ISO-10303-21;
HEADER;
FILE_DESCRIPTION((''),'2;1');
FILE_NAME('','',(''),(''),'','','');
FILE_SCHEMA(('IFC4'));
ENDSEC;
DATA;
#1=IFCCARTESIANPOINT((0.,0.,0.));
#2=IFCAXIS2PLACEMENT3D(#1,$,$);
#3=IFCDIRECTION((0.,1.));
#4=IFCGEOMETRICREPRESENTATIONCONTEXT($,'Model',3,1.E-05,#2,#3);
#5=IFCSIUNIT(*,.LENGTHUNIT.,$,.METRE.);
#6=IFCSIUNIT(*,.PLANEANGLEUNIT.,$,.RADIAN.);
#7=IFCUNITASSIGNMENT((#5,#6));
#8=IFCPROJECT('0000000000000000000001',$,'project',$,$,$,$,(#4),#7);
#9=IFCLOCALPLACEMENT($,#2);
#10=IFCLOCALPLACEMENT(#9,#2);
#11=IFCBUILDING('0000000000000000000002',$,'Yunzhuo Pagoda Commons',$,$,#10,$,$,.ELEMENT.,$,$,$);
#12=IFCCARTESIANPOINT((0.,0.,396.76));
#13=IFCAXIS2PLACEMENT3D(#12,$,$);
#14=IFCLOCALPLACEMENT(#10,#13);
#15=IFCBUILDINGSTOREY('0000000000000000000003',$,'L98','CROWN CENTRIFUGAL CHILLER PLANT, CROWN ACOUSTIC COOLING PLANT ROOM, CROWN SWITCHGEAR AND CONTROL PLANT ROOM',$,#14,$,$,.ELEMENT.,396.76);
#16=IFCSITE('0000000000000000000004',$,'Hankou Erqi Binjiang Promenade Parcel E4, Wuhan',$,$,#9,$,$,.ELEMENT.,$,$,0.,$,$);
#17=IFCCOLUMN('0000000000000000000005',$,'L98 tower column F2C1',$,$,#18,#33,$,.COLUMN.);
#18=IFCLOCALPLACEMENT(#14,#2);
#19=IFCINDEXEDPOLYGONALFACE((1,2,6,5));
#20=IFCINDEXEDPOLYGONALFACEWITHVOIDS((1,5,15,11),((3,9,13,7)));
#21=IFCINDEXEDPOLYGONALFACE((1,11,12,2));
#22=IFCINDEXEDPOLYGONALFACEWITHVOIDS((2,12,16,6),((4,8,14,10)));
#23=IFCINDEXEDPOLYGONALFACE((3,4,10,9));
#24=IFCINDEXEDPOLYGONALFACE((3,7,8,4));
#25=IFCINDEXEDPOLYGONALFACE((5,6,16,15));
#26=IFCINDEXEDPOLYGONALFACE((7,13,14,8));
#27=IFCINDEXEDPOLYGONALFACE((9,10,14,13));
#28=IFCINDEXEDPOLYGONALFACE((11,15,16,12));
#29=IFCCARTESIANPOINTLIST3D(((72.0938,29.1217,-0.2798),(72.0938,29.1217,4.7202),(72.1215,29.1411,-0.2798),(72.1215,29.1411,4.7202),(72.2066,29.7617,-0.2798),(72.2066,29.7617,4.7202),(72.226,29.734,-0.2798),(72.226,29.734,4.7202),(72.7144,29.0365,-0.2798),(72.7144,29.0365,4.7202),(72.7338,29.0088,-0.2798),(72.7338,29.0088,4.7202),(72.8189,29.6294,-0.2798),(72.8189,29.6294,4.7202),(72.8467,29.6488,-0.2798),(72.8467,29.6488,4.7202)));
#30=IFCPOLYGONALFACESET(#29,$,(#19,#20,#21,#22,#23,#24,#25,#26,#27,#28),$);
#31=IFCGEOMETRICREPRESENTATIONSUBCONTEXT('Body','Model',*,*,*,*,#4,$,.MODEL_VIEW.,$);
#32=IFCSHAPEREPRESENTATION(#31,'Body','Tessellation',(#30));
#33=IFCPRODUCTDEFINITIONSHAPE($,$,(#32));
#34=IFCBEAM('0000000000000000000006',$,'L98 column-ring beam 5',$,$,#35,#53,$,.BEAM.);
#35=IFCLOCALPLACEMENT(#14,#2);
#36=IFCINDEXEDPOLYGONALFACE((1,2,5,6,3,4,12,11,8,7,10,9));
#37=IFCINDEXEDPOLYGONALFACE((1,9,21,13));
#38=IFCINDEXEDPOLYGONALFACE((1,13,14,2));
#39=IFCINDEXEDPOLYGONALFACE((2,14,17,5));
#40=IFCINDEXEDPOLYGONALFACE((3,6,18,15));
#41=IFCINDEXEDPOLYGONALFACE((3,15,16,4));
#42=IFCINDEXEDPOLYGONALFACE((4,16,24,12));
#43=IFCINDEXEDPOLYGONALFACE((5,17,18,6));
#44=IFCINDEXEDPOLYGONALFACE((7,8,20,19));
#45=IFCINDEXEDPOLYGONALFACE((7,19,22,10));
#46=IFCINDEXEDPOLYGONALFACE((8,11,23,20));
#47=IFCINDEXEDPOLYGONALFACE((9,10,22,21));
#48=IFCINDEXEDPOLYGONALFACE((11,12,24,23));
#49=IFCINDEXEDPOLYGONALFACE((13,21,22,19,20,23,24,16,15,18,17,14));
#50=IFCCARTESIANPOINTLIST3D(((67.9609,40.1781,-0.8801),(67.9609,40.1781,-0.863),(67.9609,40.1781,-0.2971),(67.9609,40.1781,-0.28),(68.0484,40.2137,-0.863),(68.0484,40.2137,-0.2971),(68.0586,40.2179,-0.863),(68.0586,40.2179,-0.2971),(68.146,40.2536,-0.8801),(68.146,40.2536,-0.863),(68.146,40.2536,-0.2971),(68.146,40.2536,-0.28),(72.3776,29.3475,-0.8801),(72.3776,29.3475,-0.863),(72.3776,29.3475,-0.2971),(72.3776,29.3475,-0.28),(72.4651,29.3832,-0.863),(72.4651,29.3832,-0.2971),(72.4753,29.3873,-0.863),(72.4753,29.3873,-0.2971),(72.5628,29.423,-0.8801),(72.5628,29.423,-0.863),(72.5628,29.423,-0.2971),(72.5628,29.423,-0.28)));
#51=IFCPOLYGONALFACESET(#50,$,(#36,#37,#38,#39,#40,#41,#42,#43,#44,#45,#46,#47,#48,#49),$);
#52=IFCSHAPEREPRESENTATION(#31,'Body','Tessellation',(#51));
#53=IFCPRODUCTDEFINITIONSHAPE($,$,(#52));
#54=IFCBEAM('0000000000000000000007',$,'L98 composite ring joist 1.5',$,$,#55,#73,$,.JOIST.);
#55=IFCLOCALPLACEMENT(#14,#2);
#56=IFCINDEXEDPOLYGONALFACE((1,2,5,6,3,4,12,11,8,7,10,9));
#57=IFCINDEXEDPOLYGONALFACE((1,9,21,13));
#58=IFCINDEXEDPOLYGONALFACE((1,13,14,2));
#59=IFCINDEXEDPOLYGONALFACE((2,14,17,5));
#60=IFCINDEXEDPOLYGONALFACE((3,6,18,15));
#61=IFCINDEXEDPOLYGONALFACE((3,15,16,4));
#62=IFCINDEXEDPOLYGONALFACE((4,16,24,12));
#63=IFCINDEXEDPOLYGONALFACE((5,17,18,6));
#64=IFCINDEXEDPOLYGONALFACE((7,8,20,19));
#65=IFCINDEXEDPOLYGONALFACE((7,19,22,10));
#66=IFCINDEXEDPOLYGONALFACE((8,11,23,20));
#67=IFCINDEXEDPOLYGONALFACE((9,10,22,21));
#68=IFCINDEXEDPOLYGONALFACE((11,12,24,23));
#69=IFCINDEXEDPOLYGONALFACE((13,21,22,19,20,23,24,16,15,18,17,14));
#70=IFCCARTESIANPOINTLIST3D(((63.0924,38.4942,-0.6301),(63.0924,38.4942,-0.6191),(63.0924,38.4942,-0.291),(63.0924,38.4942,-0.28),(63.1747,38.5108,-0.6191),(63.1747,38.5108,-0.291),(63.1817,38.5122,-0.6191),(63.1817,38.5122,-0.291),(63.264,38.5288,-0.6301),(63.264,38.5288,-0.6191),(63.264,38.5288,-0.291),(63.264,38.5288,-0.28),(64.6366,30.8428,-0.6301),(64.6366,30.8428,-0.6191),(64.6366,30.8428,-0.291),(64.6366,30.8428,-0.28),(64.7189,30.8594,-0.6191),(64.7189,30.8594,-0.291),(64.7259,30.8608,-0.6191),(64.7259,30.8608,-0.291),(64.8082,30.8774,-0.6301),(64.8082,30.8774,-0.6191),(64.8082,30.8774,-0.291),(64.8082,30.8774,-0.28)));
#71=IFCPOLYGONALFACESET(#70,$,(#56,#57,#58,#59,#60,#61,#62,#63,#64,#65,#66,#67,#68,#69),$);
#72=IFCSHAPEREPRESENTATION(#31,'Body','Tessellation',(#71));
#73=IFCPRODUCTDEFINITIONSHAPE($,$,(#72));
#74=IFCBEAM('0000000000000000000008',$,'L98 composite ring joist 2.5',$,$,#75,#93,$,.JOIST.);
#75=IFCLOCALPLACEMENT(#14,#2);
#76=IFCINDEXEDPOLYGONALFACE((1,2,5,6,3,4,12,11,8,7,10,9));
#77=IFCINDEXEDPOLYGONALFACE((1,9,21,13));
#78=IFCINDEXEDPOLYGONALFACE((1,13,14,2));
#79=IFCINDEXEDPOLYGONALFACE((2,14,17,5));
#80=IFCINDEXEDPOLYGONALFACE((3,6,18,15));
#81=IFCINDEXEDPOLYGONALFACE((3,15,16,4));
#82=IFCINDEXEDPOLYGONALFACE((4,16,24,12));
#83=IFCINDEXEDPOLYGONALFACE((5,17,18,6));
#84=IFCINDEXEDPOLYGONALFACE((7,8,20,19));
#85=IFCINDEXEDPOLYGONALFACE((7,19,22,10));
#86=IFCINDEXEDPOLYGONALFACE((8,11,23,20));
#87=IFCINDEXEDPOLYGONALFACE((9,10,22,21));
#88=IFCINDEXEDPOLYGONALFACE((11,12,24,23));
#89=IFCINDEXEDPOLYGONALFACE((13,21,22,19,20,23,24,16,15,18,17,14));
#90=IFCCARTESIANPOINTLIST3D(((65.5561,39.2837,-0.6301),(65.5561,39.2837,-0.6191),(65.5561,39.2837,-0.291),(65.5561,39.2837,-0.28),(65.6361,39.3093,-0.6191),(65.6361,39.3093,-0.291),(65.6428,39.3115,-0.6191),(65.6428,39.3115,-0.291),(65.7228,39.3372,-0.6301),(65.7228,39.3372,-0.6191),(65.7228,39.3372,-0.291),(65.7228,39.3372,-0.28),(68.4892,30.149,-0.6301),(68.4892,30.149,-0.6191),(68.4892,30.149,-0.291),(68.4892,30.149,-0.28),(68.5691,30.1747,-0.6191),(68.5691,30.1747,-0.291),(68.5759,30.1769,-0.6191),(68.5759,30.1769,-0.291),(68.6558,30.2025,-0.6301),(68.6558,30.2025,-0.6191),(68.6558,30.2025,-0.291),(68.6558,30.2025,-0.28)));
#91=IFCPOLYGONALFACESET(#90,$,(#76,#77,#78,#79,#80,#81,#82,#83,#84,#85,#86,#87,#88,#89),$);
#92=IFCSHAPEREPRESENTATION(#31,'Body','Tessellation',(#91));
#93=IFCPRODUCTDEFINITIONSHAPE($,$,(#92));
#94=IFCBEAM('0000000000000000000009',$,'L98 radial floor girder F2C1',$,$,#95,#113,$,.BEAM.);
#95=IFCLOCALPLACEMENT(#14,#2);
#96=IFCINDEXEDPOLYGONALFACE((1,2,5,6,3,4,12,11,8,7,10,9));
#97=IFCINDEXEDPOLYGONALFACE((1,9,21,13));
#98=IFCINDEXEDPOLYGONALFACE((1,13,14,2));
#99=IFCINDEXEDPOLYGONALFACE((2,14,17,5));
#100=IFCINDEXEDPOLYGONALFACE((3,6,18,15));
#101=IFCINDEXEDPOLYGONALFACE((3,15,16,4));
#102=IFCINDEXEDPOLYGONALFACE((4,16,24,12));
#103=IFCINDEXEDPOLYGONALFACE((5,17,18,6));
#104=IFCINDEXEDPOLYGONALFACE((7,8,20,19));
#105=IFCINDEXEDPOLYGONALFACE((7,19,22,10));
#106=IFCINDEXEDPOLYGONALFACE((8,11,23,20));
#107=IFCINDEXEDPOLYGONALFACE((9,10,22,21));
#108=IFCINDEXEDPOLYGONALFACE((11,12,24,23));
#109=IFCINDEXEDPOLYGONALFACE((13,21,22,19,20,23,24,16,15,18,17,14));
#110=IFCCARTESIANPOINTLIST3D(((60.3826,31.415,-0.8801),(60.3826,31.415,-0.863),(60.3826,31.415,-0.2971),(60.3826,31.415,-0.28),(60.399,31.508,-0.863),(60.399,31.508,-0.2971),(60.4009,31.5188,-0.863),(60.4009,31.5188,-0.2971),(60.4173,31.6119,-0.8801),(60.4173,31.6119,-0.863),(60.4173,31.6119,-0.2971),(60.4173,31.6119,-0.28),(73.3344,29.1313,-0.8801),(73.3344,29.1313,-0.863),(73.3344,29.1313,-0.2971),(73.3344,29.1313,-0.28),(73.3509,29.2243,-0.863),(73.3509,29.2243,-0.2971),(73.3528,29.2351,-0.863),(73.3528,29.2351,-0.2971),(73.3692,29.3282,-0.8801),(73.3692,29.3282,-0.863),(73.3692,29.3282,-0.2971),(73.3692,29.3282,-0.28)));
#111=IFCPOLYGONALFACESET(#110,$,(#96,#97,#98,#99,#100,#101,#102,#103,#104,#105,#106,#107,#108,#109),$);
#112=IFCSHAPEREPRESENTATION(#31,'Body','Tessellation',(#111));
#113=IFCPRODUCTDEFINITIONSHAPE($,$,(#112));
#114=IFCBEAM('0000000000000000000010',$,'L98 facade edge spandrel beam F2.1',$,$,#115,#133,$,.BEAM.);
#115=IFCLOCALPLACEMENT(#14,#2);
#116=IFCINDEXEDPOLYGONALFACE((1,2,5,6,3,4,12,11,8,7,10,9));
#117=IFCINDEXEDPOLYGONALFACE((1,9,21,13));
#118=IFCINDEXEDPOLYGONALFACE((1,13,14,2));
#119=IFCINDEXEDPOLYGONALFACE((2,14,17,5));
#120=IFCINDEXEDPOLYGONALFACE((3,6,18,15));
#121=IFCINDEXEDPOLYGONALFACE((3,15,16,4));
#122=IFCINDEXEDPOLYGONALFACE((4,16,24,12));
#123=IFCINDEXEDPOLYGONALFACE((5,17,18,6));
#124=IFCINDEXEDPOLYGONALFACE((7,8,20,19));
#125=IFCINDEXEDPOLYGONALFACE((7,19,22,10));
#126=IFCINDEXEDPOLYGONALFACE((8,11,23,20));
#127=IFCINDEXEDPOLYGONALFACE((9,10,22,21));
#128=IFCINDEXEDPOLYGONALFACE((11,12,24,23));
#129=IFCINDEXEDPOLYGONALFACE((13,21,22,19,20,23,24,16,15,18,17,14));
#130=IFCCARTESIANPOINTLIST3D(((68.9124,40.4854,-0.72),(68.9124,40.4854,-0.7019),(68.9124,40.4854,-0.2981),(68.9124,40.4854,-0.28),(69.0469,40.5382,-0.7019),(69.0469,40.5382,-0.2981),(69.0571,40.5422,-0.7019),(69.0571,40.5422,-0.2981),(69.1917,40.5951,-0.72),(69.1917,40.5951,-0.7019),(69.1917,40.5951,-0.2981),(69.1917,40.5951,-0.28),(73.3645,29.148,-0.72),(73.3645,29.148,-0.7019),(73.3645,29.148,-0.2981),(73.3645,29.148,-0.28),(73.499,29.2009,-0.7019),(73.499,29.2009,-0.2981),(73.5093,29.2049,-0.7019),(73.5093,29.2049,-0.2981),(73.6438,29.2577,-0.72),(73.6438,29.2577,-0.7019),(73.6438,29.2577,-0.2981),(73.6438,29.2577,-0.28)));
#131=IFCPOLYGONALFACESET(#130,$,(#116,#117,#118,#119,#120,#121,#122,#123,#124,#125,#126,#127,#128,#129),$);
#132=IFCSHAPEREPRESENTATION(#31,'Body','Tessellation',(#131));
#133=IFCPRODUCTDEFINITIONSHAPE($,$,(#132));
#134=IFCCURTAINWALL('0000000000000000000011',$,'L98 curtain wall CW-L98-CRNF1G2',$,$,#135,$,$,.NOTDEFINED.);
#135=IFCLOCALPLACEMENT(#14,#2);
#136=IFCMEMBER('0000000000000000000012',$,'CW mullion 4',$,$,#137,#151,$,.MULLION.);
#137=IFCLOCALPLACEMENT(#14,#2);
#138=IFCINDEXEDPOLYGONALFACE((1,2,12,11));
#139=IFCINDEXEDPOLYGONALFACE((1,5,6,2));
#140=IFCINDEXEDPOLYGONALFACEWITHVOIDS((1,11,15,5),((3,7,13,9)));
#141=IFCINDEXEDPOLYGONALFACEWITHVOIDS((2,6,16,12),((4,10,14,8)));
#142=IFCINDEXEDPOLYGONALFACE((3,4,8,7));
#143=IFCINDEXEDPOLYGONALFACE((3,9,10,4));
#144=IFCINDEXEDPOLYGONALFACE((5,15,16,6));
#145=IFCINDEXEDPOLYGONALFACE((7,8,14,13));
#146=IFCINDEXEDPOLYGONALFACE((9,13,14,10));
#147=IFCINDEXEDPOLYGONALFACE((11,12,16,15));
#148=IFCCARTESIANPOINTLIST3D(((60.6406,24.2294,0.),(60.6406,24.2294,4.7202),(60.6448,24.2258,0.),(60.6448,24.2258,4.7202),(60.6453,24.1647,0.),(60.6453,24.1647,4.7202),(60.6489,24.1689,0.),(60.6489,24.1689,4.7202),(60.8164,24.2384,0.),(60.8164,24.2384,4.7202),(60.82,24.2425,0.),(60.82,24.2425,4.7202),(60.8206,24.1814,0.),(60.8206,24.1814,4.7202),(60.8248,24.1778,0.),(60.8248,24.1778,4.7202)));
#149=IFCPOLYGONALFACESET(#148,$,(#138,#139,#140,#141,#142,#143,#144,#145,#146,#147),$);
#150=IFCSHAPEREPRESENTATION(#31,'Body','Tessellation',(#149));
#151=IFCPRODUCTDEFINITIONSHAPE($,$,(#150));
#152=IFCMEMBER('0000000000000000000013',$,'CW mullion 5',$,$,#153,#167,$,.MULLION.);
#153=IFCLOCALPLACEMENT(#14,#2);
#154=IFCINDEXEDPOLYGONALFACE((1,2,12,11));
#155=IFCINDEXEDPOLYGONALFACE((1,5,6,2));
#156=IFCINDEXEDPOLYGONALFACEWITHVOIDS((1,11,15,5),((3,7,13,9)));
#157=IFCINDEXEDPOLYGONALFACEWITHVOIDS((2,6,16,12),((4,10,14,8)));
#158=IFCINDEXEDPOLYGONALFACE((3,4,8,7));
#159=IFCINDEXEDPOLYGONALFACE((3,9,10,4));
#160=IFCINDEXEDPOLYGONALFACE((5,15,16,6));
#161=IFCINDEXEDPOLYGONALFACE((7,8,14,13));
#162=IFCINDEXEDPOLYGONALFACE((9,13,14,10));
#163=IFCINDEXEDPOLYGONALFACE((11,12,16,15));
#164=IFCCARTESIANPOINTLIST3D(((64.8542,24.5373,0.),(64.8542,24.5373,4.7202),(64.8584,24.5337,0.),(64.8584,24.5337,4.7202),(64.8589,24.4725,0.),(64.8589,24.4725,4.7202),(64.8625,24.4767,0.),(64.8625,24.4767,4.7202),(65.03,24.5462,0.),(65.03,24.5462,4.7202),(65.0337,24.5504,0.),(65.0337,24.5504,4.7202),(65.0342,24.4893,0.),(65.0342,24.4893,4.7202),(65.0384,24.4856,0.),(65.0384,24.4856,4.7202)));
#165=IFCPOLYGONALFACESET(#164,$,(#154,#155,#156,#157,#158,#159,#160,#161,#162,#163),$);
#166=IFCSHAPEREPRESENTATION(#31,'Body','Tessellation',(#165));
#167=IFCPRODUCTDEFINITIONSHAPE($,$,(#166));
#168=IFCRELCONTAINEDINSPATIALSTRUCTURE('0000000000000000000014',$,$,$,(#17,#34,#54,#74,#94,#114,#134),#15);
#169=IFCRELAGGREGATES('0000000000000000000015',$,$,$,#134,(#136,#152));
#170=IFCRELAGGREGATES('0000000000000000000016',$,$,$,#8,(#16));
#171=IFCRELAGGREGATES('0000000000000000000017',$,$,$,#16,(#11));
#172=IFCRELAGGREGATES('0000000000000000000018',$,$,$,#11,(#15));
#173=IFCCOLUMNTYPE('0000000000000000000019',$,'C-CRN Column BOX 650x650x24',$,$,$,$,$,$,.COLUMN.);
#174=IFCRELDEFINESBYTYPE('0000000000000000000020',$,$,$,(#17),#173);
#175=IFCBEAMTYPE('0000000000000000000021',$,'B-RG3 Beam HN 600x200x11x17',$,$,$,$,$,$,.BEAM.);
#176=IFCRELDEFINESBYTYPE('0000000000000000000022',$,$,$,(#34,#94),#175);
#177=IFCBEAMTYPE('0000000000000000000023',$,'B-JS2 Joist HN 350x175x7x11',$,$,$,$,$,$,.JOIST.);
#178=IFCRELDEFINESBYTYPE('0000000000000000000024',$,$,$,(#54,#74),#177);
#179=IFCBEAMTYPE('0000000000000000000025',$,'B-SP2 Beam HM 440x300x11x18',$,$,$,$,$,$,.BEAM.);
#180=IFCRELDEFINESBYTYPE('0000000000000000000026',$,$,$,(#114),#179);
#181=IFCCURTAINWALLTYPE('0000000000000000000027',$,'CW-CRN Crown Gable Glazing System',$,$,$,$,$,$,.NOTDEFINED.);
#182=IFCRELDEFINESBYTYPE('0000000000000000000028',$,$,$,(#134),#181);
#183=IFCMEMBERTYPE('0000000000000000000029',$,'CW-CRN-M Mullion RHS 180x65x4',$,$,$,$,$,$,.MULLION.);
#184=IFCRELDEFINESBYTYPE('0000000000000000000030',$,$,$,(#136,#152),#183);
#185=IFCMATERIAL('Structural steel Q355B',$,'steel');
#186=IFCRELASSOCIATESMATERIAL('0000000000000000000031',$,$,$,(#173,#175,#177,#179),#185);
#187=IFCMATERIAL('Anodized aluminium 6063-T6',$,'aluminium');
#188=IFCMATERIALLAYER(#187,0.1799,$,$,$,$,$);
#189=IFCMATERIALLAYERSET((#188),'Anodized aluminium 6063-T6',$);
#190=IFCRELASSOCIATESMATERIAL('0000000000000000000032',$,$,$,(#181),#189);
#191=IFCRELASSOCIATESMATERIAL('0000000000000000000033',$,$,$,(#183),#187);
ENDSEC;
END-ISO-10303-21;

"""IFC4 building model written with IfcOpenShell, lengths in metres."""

from ifc_helpers import new_model, si_unit, direction, frame, origin, origin_2d, place, context, subcontext, project, spatial, hollow_rectangle, i_section, extrude, source, transform, mapped, material, layer, layer_set, material_profile, profile_set, type_object, element, aggregate, save


model = new_model("IFC4")

# Units and contexts
model_context = context("Model", 3, precision=1e-05, world=origin(), true_north=direction((0.0, 1.0)))
body_context = subcontext(model_context, "Body", "Model", "MODEL_VIEW")
ifc_project = project(units=[si_unit("LENGTHUNIT", "METRE"), si_unit("PLANEANGLEUNIT", "RADIAN")], contexts=[model_context])

# Site, building, storey
site_placement = place(None, origin())
site = spatial("IfcSite", under=ifc_project, at=site_placement, Name="Hankou Erqi Binjiang Promenade Parcel E4, Wuhan", CompositionType="ELEMENT", RefElevation=0.0)
building_placement = place(site_placement, origin())
building = spatial("IfcBuilding", under=site, at=building_placement, Name="Yunzhuo Pagoda Commons", CompositionType="ELEMENT")
storey_placement = place(building_placement, frame((0.0, 0.0, 396.76)))
storey = spatial("IfcBuildingStorey", under=building, at=storey_placement, Name="L98", Description="CROWN CENTRIFUGAL CHILLER PLANT, CROWN ACOUSTIC COOLING PLANT ROOM, CROWN SWITCHGEAR AND CONTROL PLANT ROOM", CompositionType="ELEMENT", Elevation=396.76)

# Column
ifc_material_1 = material(Name="Structural steel Q355B", Category="steel")
ifc_material_profile_1 = material_profile(ifc_material_1, hollow_rectangle(XDim=0.6499, YDim=0.6499, WallThickness=0.0239, at=origin_2d()), Name="Structural steel Q355B")
ifc_profile_set_1 = profile_set([ifc_material_profile_1], Name="Structural steel Q355B")
column_type = type_object("IfcColumnType", Name="C-CRN Column BOX 650x650x24", PredefinedType="COLUMN", material=ifc_profile_set_1)
shared_shape_1 = source(origin(), body_context, "Body", "SweptSolid", [
    extrude(hollow_rectangle(XDim=0.6499, YDim=0.6499, WallThickness=0.0239, at=origin_2d()), origin(), (0.0, 0.0, 1.0), 5.0),
])
column_placement = place(storey_placement, frame((72.4702, 29.3853, -0.2798), z_axis=(0.0, 0.0, 1.0), x_axis=(0.173648, 0.984808, 0.0)))
element("IfcColumn", 1, at=column_placement, inside=storey, type_object=column_type, Name="L98 tower column F2C1", PredefinedType="COLUMN", context=body_context, shape_type="MappedRepresentation", body=[
    mapped(shared_shape_1, transform((0.0, 0.0, 0.0), scale=1.0)),
])

# Beams
ifc_material_profile_2 = material_profile(ifc_material_1, i_section(OverallWidth=0.2, OverallDepth=0.6001, WebThickness=0.011, FlangeThickness=0.0171, at=origin_2d()), Name="Structural steel Q355B")
ifc_profile_set_2 = profile_set([ifc_material_profile_2], Name="Structural steel Q355B")
beam_type_1 = type_object("IfcBeamType", Name="B-RG3 Beam HN 600x200x11x17", PredefinedType="BEAM", material=ifc_profile_set_2)
shared_shape_2 = source(origin(), body_context, "Body", "SweptSolid", [
    extrude(i_section(OverallWidth=0.2, OverallDepth=0.6001, WebThickness=0.011, FlangeThickness=0.0171, at=origin_2d()), origin(), (0.0, 0.0, 1.0), 11.6965),
])
beam_1_placement = place(storey_placement, frame((72.4702, 29.3853, -0.5801), z_axis=(-0.377612, 0.925964, 0.0), x_axis=(-0.925964, -0.377612, 0.0)))
element("IfcBeam", 2, at=beam_1_placement, inside=storey, type_object=beam_type_1, Name="L98 column-ring beam 5", PredefinedType="BEAM", context=body_context, shape_type="MappedRepresentation", body=[
    mapped(shared_shape_2, transform((0.0, 0.0, 0.0), scale=1.0)),
])
ifc_material_profile_3 = material_profile(ifc_material_1, i_section(OverallWidth=0.175, OverallDepth=0.3501, WebThickness=0.0071, FlangeThickness=0.011, at=origin_2d()), Name="Structural steel Q355B")
ifc_profile_set_3 = profile_set([ifc_material_profile_3], Name="Structural steel Q355B")
beam_type_2 = type_object("IfcBeamType", Name="B-JS2 Joist HN 350x175x7x11", PredefinedType="JOIST", material=ifc_profile_set_3)
shared_shape_3 = source(origin(), body_context, "Body", "SweptSolid", [
    extrude(i_section(OverallWidth=0.175, OverallDepth=0.3501, WebThickness=0.0071, FlangeThickness=0.011, at=origin_2d()), origin(), (0.0, 0.0, 1.0), 7.8057),
])
beam_2_placement = place(storey_placement, frame((64.7224, 30.8601, -0.4551), z_axis=(-0.19783, 0.980236, 0.0), x_axis=(-0.980236, -0.19783, 0.0)))
element("IfcBeam", 3, at=beam_2_placement, inside=storey, type_object=beam_type_2, Name="L98 composite ring joist 1.5", PredefinedType="JOIST", context=body_context, shape_type="MappedRepresentation", body=[
    mapped(shared_shape_3, transform((0.0, 0.0, 0.0), scale=1.0)),
])
shared_shape_4 = source(origin(), body_context, "Body", "SweptSolid", [
    extrude(i_section(OverallWidth=0.175, OverallDepth=0.3501, WebThickness=0.0071, FlangeThickness=0.011, at=origin_2d()), origin(), (0.0, 0.0, 1.0), 9.594),
])
beam_3_placement = place(storey_placement, frame((68.5725, 30.1758, -0.4551), z_axis=(-0.305719, 0.952122, 0.0), x_axis=(-0.952122, -0.305719, 0.0)))
element("IfcBeam", 4, at=beam_3_placement, inside=storey, type_object=beam_type_2, Name="L98 composite ring joist 2.5", PredefinedType="JOIST", context=body_context, shape_type="MappedRepresentation", body=[
    mapped(shared_shape_4, transform((0.0, 0.0, 0.0), scale=1.0)),
])
shared_shape_5 = source(origin(), body_context, "Body", "SweptSolid", [
    extrude(i_section(OverallWidth=0.2, OverallDepth=0.6001, WebThickness=0.011, FlangeThickness=0.0171, at=origin_2d()), origin(), (0.0, 0.0, 1.0), 13.1516),
])
beam_4_placement = place(storey_placement, frame((73.3518, 29.2297, -0.5801), z_axis=(-0.984809, 0.173642, 0.0), x_axis=(-0.173642, -0.984809, 0.0)))
element("IfcBeam", 5, at=beam_4_placement, inside=storey, type_object=beam_type_1, Name="L98 radial floor girder F2C1", PredefinedType="BEAM", context=body_context, shape_type="MappedRepresentation", body=[
    mapped(shared_shape_5, transform((0.0, 0.0, 0.0), scale=1.0)),
])
ifc_material_profile_4 = material_profile(ifc_material_1, i_section(OverallWidth=0.3, OverallDepth=0.4399, WebThickness=0.011, FlangeThickness=0.0181, at=origin_2d()), Name="Structural steel Q355B")
ifc_profile_set_4 = profile_set([ifc_material_profile_4], Name="Structural steel Q355B")
beam_type_3 = type_object("IfcBeamType", Name="B-SP2 Beam HM 440x300x11x18", PredefinedType="BEAM", material=ifc_profile_set_4)
shared_shape_6 = source(origin(), body_context, "Body", "SweptSolid", [
    extrude(i_section(OverallWidth=0.3, OverallDepth=0.4399, WebThickness=0.011, FlangeThickness=0.0181, at=origin_2d()), origin(), (0.0, 0.0, 1.0), 12.1802),
])
beam_5_placement = place(storey_placement, frame((73.5042, 29.2029, -0.5), z_axis=(-0.365522, 0.930803, 0.0), x_axis=(-0.930803, -0.365522, 0.0)))
element("IfcBeam", 6, at=beam_5_placement, inside=storey, type_object=beam_type_3, Name="L98 facade edge spandrel beam F2.1", PredefinedType="BEAM", context=body_context, shape_type="MappedRepresentation", body=[
    mapped(shared_shape_6, transform((0.0, 0.0, 0.0), scale=1.0)),
])

# Curtain wall, members
ifc_material_2 = material(Name="Anodized aluminium 6063-T6", Category="aluminium")
ifc_layer_1 = layer(ifc_material_2, 0.1799)
ifc_layer_set_1 = layer_set([ifc_layer_1], Name="Anodized aluminium 6063-T6")
curtain_wall_type_1 = type_object("IfcCurtainWallType", Name="CW-CRN Crown Gable Glazing System", PredefinedType="NOTDEFINED", material=ifc_layer_set_1)
curtain_wall_1_placement = place(storey_placement, origin())
curtain_wall_1 = element("IfcCurtainWall", 7, at=curtain_wall_1_placement, inside=storey, type_object=curtain_wall_type_1, Name="L98 curtain wall CW-L98-CRNF1G2", PredefinedType="NOTDEFINED")
ifc_material_profile_5 = material_profile(ifc_material_2, hollow_rectangle(XDim=0.0649, YDim=0.1799, WallThickness=0.0039, at=origin_2d()), Name="Anodized aluminium 6063-T6")
ifc_profile_set_5 = profile_set([ifc_material_profile_5], Name="Anodized aluminium 6063-T6")
member_type_1 = type_object("IfcMemberType", Name="CW-CRN-M Mullion RHS 180x65x4", PredefinedType="MULLION", material=ifc_profile_set_5)
shared_shape_7 = source(origin(), body_context, "Body", "SweptSolid", [
    extrude(hollow_rectangle(XDim=0.0649, YDim=0.1799, WallThickness=0.0039, at=origin_2d()), origin(), (0.0, 0.0, 1.0), 4.7202),
])
member_1_placement = place(storey_placement, frame((60.7327, 24.2036, 0.0), z_axis=(0.0, 0.0, 1.0), x_axis=(-0.072796, 0.997347, 0.0)))
member_1 = element("IfcMember", 8, at=member_1_placement, type_object=member_type_1, Name="CW mullion 4", PredefinedType="MULLION", context=body_context, shape_type="MappedRepresentation", body=[
    mapped(shared_shape_7, transform((0.0, 0.0, 0.0), scale=1.0)),
])
member_2_placement = place(storey_placement, frame((64.9463, 24.5115, 0.0), z_axis=(0.0, 0.0, 1.0), x_axis=(-0.072796, 0.997347, 0.0)))
member_2 = element("IfcMember", 9, at=member_2_placement, type_object=member_type_1, Name="CW mullion 5", PredefinedType="MULLION", context=body_context, shape_type="MappedRepresentation", body=[
    mapped(shared_shape_7, transform((0.0, 0.0, 0.0), scale=1.0)),
])

aggregate(curtain_wall_1, [member_1, member_2])

save(model, "model.ifc")
